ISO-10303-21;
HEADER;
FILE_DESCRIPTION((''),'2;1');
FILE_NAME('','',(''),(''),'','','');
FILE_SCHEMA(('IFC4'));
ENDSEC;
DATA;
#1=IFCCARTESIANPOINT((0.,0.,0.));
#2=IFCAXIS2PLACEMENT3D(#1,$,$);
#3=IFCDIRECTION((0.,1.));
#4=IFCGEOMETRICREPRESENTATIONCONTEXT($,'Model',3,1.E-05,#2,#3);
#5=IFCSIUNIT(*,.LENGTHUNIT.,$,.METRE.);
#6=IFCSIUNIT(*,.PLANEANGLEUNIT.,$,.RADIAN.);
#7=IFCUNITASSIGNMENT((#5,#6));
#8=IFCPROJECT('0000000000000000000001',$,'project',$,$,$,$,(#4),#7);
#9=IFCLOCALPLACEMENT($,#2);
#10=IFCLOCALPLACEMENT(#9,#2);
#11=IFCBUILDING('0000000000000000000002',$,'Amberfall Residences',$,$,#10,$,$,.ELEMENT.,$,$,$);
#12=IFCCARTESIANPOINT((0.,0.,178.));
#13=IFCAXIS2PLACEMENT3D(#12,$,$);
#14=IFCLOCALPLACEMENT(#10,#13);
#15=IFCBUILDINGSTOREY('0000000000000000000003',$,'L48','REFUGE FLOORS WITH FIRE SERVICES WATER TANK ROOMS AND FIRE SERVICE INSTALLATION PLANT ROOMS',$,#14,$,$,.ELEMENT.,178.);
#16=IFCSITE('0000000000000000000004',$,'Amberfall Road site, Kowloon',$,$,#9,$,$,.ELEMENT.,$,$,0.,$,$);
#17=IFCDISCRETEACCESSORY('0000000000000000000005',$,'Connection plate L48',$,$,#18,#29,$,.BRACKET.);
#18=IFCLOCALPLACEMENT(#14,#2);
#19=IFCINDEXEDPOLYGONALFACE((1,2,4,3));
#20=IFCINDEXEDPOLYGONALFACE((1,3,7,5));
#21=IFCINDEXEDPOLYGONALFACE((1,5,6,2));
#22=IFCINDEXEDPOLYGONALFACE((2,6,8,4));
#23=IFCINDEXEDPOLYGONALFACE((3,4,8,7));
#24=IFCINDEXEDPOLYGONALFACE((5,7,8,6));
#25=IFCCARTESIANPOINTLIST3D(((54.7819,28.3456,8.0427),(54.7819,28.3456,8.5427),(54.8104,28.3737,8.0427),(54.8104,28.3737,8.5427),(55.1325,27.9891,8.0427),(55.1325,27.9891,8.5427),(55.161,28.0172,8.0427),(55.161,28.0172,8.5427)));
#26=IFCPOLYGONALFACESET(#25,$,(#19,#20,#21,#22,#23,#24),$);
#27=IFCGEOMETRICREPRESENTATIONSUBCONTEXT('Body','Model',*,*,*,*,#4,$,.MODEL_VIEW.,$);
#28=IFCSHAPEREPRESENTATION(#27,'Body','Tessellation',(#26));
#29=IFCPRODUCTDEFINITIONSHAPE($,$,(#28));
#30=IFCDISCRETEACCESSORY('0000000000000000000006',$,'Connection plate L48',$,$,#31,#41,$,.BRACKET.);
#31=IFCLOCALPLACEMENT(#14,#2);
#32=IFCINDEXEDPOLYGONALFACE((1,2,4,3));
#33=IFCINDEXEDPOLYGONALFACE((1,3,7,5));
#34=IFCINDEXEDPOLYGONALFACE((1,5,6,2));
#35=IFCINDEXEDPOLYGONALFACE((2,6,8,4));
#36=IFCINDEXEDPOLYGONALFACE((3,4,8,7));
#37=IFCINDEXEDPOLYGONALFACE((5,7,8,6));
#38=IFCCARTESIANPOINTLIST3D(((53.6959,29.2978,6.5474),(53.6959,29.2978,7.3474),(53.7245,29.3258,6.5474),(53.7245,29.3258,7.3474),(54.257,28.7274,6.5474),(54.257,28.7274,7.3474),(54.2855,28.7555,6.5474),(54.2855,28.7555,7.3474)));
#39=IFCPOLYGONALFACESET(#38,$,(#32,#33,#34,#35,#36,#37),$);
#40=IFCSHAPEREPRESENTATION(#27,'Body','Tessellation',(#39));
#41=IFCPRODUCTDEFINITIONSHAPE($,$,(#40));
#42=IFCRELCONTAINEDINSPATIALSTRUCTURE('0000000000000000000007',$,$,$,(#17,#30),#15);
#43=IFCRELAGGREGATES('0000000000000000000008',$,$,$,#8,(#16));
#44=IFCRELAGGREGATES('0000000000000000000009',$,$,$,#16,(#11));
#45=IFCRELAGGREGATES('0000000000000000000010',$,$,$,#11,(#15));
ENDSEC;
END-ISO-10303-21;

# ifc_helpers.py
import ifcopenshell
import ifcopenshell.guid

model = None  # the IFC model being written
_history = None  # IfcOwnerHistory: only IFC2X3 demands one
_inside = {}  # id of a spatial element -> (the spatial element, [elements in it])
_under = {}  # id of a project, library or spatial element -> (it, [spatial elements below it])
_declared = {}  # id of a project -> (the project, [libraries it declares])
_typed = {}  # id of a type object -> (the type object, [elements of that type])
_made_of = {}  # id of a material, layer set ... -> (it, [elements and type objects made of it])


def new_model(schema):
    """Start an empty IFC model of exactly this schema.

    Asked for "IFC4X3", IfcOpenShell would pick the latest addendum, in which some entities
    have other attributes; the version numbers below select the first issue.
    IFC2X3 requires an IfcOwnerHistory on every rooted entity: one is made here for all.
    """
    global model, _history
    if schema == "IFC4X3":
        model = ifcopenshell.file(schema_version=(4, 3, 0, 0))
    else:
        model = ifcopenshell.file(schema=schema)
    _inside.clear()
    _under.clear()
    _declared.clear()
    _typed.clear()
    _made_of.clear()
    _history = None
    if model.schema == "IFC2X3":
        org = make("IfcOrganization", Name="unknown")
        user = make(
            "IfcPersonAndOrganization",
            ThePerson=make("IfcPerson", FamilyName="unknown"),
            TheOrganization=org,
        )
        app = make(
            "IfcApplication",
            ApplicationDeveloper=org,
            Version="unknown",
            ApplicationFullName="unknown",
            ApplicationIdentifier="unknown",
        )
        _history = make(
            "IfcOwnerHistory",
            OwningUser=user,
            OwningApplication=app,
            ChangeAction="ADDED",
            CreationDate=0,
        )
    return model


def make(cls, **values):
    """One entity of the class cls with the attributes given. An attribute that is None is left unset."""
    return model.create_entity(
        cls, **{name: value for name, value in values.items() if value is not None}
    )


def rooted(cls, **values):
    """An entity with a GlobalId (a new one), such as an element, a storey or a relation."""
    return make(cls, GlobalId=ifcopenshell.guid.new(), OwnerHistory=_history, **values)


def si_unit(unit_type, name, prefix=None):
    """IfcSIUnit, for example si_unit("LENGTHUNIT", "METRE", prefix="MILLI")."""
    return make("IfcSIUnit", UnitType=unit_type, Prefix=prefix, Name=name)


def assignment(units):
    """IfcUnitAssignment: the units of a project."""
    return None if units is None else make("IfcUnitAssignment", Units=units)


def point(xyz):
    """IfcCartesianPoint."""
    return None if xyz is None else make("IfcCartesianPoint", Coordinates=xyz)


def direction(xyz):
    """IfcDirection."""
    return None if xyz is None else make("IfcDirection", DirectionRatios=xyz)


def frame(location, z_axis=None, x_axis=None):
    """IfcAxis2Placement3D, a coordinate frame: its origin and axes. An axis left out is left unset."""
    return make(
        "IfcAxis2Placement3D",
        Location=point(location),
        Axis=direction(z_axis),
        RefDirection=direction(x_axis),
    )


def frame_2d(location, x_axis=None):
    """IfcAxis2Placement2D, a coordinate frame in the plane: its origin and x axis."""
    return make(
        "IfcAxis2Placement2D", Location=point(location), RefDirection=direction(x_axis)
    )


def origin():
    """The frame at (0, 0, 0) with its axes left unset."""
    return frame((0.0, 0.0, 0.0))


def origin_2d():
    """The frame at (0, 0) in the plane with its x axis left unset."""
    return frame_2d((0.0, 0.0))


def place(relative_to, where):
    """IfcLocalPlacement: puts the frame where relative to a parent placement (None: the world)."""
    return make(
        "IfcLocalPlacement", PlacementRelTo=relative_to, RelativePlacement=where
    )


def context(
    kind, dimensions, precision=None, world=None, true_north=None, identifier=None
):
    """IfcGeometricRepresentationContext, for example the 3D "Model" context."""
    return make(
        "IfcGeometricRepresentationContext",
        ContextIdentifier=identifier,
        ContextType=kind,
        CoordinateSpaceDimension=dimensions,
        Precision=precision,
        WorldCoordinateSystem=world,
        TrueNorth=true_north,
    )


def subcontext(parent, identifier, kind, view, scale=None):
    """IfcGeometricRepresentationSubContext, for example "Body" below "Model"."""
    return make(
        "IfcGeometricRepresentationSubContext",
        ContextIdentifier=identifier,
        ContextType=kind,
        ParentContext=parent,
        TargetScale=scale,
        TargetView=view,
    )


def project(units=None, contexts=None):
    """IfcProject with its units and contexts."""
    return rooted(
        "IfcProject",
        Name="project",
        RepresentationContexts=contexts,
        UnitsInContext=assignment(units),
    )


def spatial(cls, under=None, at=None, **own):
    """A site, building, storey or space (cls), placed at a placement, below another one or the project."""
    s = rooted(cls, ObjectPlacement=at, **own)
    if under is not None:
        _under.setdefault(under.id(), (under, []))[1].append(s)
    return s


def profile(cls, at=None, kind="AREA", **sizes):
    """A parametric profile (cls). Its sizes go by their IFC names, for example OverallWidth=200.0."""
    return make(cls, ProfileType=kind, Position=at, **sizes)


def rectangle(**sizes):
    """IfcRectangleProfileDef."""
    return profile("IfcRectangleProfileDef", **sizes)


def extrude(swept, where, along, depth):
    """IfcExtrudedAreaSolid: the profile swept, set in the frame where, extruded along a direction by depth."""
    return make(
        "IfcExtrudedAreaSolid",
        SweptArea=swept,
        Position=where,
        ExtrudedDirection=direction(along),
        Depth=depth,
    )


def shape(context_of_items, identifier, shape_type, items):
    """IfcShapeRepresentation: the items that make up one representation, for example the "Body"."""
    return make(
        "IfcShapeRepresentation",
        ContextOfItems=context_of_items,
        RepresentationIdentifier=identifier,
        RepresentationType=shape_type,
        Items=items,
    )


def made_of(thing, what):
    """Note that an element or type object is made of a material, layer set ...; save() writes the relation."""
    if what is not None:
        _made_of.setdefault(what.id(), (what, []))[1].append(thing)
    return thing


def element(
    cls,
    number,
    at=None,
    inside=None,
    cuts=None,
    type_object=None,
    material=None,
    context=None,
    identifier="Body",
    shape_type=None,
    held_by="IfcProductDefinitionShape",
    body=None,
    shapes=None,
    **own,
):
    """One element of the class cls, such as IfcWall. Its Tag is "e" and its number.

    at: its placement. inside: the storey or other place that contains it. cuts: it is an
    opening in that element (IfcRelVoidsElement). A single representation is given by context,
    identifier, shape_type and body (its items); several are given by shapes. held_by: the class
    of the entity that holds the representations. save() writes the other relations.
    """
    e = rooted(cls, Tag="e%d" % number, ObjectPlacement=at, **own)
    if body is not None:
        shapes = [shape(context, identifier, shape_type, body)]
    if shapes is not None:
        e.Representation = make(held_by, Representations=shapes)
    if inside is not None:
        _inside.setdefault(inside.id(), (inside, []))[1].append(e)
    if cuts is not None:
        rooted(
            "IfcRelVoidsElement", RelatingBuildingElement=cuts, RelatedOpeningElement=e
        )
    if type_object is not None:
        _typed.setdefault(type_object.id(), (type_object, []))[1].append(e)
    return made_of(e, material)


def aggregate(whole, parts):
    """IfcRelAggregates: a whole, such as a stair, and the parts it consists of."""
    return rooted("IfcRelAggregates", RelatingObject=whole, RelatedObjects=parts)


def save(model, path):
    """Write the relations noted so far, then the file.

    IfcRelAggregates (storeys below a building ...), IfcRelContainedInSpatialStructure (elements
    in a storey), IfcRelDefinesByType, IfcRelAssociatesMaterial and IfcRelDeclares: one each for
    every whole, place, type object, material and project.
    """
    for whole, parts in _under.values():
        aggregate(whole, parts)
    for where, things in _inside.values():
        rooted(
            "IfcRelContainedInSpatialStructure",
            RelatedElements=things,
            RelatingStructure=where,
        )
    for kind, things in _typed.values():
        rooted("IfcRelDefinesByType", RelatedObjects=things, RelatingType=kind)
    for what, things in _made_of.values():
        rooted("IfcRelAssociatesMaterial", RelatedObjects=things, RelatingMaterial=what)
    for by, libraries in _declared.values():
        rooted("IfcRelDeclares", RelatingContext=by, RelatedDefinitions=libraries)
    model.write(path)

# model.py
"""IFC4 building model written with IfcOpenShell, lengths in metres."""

from ifc_helpers import new_model, si_unit, direction, frame, origin, origin_2d, place, context, subcontext, project, spatial, rectangle, extrude, element, save


model = new_model("IFC4")

# Units and contexts
model_context = context("Model", 3, precision=1e-05, world=origin(), true_north=direction((0.0, 1.0)))
body_context = subcontext(model_context, "Body", "Model", "MODEL_VIEW")
ifc_project = project(units=[si_unit("LENGTHUNIT", "METRE"), si_unit("PLANEANGLEUNIT", "RADIAN")], contexts=[model_context])

# Site, building, storey
site_placement = place(None, origin())
site = spatial("IfcSite", under=ifc_project, at=site_placement, Name="Amberfall Road site, Kowloon", CompositionType="ELEMENT", RefElevation=0.0)
building_placement = place(site_placement, origin())
building = spatial("IfcBuilding", under=site, at=building_placement, Name="Amberfall Residences", CompositionType="ELEMENT")
storey_placement = place(building_placement, frame((0.0, 0.0, 178.0)))
storey = spatial("IfcBuildingStorey", under=building, at=storey_placement, Name="L48", Description="REFUGE FLOORS WITH FIRE SERVICES WATER TANK ROOMS AND FIRE SERVICE INSTALLATION PLANT ROOMS", CompositionType="ELEMENT", Elevation=178.0)

# Discrete accessories
discrete_accessory_1_placement = place(storey_placement, frame((54.9714, 28.1814, 8.0427), z_axis=(0.0, 0.0, 1.0), x_axis=(-0.701245, 0.71292, 0.0)))
element("IfcDiscreteAccessory", 1, at=discrete_accessory_1_placement, inside=storey, Name="Connection plate L48", PredefinedType="BRACKET", context=body_context, shape_type="SweptSolid", body=[
    extrude(rectangle(XDim=0.5, YDim=0.04, at=origin_2d()), origin(), (0.0, 0.0, 1.0), 0.5),
])
discrete_accessory_2_placement = place(storey_placement, frame((53.9907, 29.0266, 6.5474), z_axis=(0.0, 0.0, 1.0), x_axis=(-0.701245, 0.71292, 0.0)))
element("IfcDiscreteAccessory", 2, at=discrete_accessory_2_placement, inside=storey, Name="Connection plate L48", PredefinedType="BRACKET", context=body_context, shape_type="SweptSolid", body=[
    extrude(rectangle(XDim=0.8, YDim=0.04, at=origin_2d()), origin(), (0.0, 0.0, 1.0), 0.8),
])

save(model, "model.ifc")
